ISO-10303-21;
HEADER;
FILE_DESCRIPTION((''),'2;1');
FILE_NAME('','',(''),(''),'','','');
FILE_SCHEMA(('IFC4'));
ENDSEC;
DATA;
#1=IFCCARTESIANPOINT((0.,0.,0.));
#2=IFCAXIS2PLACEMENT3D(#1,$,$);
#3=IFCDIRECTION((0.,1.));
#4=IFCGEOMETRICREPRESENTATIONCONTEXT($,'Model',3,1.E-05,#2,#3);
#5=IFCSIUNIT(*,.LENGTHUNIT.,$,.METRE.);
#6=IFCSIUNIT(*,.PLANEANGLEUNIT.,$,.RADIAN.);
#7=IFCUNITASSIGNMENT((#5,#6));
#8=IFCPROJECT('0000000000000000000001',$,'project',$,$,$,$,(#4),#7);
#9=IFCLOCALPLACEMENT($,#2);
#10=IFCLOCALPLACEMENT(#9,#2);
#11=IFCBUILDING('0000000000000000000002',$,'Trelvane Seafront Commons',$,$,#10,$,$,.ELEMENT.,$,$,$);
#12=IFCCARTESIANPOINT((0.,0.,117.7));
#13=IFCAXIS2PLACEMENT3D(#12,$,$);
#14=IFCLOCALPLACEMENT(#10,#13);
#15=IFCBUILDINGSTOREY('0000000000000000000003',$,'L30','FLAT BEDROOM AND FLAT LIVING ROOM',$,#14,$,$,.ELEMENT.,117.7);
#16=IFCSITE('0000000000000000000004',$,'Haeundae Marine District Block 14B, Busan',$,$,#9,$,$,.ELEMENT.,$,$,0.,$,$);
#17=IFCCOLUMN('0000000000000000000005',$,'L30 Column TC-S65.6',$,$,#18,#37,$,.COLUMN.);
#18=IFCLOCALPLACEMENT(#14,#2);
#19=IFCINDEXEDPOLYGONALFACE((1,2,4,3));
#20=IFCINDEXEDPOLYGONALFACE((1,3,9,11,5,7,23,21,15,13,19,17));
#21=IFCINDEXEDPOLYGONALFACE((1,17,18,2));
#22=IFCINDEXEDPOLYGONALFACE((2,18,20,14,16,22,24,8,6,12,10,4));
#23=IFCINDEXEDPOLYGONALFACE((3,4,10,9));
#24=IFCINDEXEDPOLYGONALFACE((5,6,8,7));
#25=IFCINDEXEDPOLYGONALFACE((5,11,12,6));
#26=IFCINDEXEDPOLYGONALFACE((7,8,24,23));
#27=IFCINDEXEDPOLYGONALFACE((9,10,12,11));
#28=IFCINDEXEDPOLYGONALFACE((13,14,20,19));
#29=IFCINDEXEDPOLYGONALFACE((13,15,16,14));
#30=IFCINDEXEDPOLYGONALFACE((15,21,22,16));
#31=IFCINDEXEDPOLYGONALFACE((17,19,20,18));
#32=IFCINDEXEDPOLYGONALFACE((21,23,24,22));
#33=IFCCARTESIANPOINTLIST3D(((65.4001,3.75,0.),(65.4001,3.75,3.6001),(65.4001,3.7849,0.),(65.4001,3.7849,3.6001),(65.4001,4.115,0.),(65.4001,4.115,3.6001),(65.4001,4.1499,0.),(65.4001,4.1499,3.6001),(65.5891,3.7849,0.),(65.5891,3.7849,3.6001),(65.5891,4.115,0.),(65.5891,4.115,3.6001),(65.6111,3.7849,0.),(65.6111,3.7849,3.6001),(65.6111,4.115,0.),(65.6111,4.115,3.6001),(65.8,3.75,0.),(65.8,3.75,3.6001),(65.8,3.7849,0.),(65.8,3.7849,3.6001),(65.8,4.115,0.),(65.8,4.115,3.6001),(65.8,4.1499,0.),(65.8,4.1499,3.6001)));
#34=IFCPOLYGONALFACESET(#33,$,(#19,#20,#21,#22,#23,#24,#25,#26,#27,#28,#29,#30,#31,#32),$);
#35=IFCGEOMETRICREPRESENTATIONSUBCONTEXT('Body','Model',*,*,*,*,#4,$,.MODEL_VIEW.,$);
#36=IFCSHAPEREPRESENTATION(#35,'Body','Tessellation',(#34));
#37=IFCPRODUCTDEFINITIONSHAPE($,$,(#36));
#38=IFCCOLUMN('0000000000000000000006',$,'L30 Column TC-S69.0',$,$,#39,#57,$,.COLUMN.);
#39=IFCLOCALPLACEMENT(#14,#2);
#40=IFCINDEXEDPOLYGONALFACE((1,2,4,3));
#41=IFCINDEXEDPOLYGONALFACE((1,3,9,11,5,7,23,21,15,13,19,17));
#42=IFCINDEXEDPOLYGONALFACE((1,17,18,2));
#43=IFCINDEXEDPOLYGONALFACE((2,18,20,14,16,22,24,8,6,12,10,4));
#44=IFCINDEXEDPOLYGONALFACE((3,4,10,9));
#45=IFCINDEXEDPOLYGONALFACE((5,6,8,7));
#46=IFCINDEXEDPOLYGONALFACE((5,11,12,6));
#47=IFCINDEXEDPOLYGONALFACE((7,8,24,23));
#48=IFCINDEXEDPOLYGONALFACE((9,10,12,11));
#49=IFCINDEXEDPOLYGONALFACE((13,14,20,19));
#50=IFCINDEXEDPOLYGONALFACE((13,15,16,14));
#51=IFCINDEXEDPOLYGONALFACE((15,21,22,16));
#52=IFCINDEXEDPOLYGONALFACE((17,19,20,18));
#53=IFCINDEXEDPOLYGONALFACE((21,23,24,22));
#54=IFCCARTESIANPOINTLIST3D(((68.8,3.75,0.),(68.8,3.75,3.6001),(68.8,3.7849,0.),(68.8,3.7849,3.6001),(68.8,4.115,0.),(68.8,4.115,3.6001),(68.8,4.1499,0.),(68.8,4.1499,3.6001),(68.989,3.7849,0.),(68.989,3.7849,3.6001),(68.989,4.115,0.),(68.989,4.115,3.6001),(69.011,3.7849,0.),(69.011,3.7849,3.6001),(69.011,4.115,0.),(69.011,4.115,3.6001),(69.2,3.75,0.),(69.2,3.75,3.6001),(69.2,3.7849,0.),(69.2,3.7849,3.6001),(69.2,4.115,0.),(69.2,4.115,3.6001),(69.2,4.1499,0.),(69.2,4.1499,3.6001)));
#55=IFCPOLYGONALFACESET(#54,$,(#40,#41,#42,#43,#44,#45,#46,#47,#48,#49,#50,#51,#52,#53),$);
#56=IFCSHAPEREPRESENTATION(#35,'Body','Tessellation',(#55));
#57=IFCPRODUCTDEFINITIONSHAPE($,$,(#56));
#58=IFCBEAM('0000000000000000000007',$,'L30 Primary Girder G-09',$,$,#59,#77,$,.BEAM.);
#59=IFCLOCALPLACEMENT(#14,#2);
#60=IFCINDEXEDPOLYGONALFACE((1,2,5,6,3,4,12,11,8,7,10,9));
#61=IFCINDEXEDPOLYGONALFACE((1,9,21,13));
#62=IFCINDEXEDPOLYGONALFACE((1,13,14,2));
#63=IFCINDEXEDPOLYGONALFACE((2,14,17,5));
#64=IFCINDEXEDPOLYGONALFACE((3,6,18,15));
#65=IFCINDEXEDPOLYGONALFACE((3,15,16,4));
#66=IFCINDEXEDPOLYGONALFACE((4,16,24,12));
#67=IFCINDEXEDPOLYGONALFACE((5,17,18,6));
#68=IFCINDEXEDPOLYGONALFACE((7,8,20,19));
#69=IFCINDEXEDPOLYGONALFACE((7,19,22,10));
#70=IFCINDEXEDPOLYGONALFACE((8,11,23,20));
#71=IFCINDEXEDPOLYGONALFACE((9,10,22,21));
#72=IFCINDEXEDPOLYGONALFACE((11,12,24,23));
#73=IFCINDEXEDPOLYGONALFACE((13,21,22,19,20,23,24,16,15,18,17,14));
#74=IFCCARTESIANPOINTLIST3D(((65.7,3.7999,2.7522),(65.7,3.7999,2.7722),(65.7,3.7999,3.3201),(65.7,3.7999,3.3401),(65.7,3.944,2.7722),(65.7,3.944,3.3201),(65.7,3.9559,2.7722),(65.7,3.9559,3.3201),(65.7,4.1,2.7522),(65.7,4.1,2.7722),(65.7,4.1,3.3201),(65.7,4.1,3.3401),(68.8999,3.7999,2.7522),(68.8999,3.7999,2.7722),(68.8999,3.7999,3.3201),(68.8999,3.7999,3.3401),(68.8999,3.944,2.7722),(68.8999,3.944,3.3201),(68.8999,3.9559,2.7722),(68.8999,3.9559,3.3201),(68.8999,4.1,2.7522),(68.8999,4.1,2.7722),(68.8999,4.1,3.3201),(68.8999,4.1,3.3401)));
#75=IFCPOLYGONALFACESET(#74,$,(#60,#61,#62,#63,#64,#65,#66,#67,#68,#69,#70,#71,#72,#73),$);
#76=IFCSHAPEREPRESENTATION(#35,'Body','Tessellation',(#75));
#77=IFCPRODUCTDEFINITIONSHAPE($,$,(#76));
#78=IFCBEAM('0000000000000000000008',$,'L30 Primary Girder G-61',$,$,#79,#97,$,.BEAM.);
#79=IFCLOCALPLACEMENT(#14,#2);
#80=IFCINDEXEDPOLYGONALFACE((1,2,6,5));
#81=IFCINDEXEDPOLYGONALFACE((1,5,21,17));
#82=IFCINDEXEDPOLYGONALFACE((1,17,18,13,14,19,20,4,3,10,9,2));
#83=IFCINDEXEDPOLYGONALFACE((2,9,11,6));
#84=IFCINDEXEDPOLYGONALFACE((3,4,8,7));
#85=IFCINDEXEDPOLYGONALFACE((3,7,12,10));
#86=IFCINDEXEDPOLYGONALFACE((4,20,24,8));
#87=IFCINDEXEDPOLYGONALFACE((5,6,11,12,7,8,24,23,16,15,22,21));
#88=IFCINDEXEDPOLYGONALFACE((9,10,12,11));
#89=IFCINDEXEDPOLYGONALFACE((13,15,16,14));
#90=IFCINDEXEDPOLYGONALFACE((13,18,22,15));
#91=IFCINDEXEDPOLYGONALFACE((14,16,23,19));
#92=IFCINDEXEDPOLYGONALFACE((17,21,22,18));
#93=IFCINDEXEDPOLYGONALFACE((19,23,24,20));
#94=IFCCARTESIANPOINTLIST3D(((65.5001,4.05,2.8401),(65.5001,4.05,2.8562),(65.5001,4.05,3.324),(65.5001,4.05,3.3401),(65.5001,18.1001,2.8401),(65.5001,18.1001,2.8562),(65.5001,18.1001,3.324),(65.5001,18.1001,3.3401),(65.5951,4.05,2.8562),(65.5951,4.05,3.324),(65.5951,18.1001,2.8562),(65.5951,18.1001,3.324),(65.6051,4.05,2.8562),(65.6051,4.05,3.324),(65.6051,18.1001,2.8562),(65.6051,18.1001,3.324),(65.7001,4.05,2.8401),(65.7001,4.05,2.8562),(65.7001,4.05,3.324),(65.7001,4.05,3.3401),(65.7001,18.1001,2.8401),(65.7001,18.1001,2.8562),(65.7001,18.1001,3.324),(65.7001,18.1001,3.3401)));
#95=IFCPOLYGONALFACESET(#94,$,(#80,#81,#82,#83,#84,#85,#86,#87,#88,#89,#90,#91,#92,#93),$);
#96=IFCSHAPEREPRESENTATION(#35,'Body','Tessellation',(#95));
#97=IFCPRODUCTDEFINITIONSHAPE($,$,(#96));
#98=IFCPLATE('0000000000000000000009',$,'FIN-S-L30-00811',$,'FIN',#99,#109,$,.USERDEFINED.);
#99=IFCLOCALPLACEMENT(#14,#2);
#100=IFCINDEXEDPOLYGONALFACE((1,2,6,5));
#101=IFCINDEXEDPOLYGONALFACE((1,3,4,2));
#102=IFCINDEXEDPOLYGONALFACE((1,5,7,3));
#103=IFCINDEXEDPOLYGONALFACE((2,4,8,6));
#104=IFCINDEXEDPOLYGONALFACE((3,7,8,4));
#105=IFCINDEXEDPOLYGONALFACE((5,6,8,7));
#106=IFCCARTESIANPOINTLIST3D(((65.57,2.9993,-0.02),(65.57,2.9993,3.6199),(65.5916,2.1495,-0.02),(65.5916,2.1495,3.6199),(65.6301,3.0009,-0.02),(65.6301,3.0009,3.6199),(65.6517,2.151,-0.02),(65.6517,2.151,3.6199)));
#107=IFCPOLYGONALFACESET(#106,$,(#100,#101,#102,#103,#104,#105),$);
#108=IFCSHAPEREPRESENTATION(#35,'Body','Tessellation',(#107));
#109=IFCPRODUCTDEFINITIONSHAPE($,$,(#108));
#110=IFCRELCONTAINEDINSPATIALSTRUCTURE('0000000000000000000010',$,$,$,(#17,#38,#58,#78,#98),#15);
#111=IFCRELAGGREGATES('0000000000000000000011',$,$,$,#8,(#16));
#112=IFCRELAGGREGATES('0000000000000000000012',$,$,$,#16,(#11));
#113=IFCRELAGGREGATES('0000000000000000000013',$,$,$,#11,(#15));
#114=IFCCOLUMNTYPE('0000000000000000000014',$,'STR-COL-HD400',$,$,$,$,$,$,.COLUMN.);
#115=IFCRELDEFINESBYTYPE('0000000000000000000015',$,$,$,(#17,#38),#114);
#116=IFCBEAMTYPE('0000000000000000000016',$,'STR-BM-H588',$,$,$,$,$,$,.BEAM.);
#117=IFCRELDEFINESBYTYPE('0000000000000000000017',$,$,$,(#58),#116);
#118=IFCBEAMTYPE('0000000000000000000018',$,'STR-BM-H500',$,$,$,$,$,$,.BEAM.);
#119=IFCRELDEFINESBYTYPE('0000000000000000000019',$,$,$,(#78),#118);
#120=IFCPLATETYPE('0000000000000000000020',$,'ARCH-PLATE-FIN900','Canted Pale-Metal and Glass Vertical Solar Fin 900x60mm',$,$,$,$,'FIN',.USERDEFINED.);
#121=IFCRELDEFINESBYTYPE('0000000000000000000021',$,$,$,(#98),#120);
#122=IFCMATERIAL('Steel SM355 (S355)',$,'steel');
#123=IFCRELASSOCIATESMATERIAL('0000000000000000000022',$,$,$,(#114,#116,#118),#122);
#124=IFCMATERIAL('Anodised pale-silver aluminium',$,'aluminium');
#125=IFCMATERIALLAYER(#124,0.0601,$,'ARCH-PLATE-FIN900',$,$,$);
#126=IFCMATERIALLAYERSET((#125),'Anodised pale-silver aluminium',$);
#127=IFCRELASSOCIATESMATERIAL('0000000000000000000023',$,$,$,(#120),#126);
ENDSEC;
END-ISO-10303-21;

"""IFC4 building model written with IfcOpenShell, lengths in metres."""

from ifc_helpers import new_model, si_unit, direction, frame, origin, origin_2d, place, context, subcontext, project, spatial, rectangle, i_section, extrude, source, transform, mapped, material, layer, layer_set, material_profile, profile_set, type_object, element, save


model = new_model("IFC4")

# Units and contexts
model_context = context("Model", 3, precision=1e-05, world=origin(), true_north=direction((0.0, 1.0)))
body_context = subcontext(model_context, "Body", "Model", "MODEL_VIEW")
ifc_project = project(units=[si_unit("LENGTHUNIT", "METRE"), si_unit("PLANEANGLEUNIT", "RADIAN")], contexts=[model_context])

# Site, building, storey
site_placement = place(None, origin())
site = spatial("IfcSite", under=ifc_project, at=site_placement, Name="Haeundae Marine District Block 14B, Busan", CompositionType="ELEMENT", RefElevation=0.0)
building_placement = place(site_placement, origin())
building = spatial("IfcBuilding", under=site, at=building_placement, Name="Trelvane Seafront Commons", CompositionType="ELEMENT")
storey_placement = place(building_placement, frame((0.0, 0.0, 117.7)))
storey = spatial("IfcBuildingStorey", under=building, at=storey_placement, Name="L30", Description="FLAT BEDROOM AND FLAT LIVING ROOM", CompositionType="ELEMENT", Elevation=117.7)

# Columns
ifc_material_1 = material(Name="Steel SM355 (S355)", Category="steel")
ifc_material_profile_1 = material_profile(ifc_material_1, i_section(OverallWidth=0.3999, OverallDepth=0.3999, WebThickness=0.022, FlangeThickness=0.0349, at=origin_2d()), Name="HD-400x400x22x35")
ifc_profile_set_1 = profile_set([ifc_material_profile_1], Name="Steel SM355 (S355)")
column_type = type_object("IfcColumnType", Name="STR-COL-HD400", PredefinedType="COLUMN", material=ifc_profile_set_1)
shared_shape_1 = source(origin(), body_context, "Body", "SweptSolid", [
    extrude(i_section(OverallWidth=0.3999, OverallDepth=0.3999, WebThickness=0.022, FlangeThickness=0.0349, at=origin_2d()), origin(), (0.0, 0.0, 1.0), 3.6001),
])
for number, where, z_axis, x_axis, name in (
    (1, (65.6001, 3.95, 0.0), (0.0, 0.0, 1.0), (1.0, 0.0, 0.0), "L30 Column TC-S65.6"),
    (2, (69.0, 3.95, 0.0), (0.0, 0.0, 1.0), (1.0, 0.0, 0.0), "L30 Column TC-S69.0"),
):
    element("IfcColumn", number, at=place(storey_placement, frame(where, z_axis=z_axis, x_axis=x_axis)), inside=storey, type_object=column_type, Name=name, PredefinedType="COLUMN", context=body_context, shape_type="MappedRepresentation", body=[
        mapped(shared_shape_1, transform((0.0, 0.0, 0.0), x_axis=(1.0, 0.0, 0.0), y_axis=(0.0, 1.0, 0.0), z_axis=(0.0, 0.0, 1.0), scale=1.0)),
    ])

# Beams
ifc_material_profile_2 = material_profile(ifc_material_1, i_section(OverallWidth=0.3, OverallDepth=0.5879, WebThickness=0.012, FlangeThickness=0.02, at=origin_2d()), Name="H-588x300x12x20")
ifc_profile_set_2 = profile_set([ifc_material_profile_2], Name="Steel SM355 (S355)")
beam_type_1 = type_object("IfcBeamType", Name="STR-BM-H588", PredefinedType="BEAM", material=ifc_profile_set_2)
shared_shape_2 = source(origin(), body_context, "Body", "SweptSolid", [
    extrude(i_section(OverallWidth=0.3, OverallDepth=0.5879, WebThickness=0.012, FlangeThickness=0.02, at=origin_2d()), origin(), (0.0, 0.0, 1.0), 3.2),
])
beam_1_placement = place(storey_placement, frame((65.7, 3.95, 3.0461), z_axis=(1.0, 0.0, 0.0), x_axis=(0.0, 1.0, 0.0)))
element("IfcBeam", 3, at=beam_1_placement, inside=storey, type_object=beam_type_1, Name="L30 Primary Girder G-09", PredefinedType="BEAM", context=body_context, shape_type="MappedRepresentation", body=[
    mapped(shared_shape_2, transform((0.0, 0.0, 0.0), x_axis=(1.0, 0.0, 0.0), y_axis=(0.0, 1.0, 0.0), z_axis=(0.0, 0.0, 1.0), scale=1.0)),
])
ifc_material_profile_3 = material_profile(ifc_material_1, i_section(OverallWidth=0.2, OverallDepth=0.5, WebThickness=0.01, FlangeThickness=0.0161, at=origin_2d()), Name="H-500x200x10x16")
ifc_profile_set_3 = profile_set([ifc_material_profile_3], Name="Steel SM355 (S355)")
beam_type_2 = type_object("IfcBeamType", Name="STR-BM-H500", PredefinedType="BEAM", material=ifc_profile_set_3)
shared_shape_3 = source(origin(), body_context, "Body", "SweptSolid", [
    extrude(i_section(OverallWidth=0.2, OverallDepth=0.5, WebThickness=0.01, FlangeThickness=0.0161, at=origin_2d()), origin(), (0.0, 0.0, 1.0), 14.05),
])
beam_2_placement = place(storey_placement, frame((65.6001, 4.05, 3.0901), z_axis=(0.0, 1.0, 0.0), x_axis=(-1.0, 0.0, 0.0)))
element("IfcBeam", 4, at=beam_2_placement, inside=storey, type_object=beam_type_2, Name="L30 Primary Girder G-61", PredefinedType="BEAM", context=body_context, shape_type="MappedRepresentation", body=[
    mapped(shared_shape_3, transform((0.0, 0.0, 0.0), x_axis=(1.0, 0.0, 0.0), y_axis=(0.0, 1.0, 0.0), z_axis=(0.0, 0.0, 1.0), scale=1.0)),
])

# Plate
ifc_material_2 = material(Name="Anodised pale-silver aluminium", Category="aluminium")
ifc_layer_1 = layer(ifc_material_2, 0.0601, Name="ARCH-PLATE-FIN900")
ifc_layer_set_1 = layer_set([ifc_layer_1], Name="Anodised pale-silver aluminium")
plate_type = type_object("IfcPlateType", Name="ARCH-PLATE-FIN900", Description="Canted Pale-Metal and Glass Vertical Solar Fin 900x60mm", ElementType="FIN", PredefinedType="USERDEFINED", material=ifc_layer_set_1)
shared_shape_4 = source(origin(), body_context, "Body", "SweptSolid", [
    extrude(rectangle(XDim=0.8501, YDim=0.0601, at=origin_2d()), origin(), (0.0, 0.0, 1.0), 3.6399),
])
plate_placement = place(storey_placement, frame((65.6108, 2.5752, -0.02), z_axis=(0.0, 0.0, 1.0), x_axis=(0.025413, -0.999677, 0.0)))
element("IfcPlate", 5, at=plate_placement, inside=storey, type_object=plate_type, Name="FIN-S-L30-00811", ObjectType="FIN", PredefinedType="USERDEFINED", context=body_context, shape_type="MappedRepresentation", body=[
    mapped(shared_shape_4, transform((0.0, 0.0, 0.0), x_axis=(1.0, 0.0, 0.0), y_axis=(0.0, 1.0, 0.0), z_axis=(0.0, 0.0, 1.0), scale=1.0)),
])

save(model, "model.ifc")
